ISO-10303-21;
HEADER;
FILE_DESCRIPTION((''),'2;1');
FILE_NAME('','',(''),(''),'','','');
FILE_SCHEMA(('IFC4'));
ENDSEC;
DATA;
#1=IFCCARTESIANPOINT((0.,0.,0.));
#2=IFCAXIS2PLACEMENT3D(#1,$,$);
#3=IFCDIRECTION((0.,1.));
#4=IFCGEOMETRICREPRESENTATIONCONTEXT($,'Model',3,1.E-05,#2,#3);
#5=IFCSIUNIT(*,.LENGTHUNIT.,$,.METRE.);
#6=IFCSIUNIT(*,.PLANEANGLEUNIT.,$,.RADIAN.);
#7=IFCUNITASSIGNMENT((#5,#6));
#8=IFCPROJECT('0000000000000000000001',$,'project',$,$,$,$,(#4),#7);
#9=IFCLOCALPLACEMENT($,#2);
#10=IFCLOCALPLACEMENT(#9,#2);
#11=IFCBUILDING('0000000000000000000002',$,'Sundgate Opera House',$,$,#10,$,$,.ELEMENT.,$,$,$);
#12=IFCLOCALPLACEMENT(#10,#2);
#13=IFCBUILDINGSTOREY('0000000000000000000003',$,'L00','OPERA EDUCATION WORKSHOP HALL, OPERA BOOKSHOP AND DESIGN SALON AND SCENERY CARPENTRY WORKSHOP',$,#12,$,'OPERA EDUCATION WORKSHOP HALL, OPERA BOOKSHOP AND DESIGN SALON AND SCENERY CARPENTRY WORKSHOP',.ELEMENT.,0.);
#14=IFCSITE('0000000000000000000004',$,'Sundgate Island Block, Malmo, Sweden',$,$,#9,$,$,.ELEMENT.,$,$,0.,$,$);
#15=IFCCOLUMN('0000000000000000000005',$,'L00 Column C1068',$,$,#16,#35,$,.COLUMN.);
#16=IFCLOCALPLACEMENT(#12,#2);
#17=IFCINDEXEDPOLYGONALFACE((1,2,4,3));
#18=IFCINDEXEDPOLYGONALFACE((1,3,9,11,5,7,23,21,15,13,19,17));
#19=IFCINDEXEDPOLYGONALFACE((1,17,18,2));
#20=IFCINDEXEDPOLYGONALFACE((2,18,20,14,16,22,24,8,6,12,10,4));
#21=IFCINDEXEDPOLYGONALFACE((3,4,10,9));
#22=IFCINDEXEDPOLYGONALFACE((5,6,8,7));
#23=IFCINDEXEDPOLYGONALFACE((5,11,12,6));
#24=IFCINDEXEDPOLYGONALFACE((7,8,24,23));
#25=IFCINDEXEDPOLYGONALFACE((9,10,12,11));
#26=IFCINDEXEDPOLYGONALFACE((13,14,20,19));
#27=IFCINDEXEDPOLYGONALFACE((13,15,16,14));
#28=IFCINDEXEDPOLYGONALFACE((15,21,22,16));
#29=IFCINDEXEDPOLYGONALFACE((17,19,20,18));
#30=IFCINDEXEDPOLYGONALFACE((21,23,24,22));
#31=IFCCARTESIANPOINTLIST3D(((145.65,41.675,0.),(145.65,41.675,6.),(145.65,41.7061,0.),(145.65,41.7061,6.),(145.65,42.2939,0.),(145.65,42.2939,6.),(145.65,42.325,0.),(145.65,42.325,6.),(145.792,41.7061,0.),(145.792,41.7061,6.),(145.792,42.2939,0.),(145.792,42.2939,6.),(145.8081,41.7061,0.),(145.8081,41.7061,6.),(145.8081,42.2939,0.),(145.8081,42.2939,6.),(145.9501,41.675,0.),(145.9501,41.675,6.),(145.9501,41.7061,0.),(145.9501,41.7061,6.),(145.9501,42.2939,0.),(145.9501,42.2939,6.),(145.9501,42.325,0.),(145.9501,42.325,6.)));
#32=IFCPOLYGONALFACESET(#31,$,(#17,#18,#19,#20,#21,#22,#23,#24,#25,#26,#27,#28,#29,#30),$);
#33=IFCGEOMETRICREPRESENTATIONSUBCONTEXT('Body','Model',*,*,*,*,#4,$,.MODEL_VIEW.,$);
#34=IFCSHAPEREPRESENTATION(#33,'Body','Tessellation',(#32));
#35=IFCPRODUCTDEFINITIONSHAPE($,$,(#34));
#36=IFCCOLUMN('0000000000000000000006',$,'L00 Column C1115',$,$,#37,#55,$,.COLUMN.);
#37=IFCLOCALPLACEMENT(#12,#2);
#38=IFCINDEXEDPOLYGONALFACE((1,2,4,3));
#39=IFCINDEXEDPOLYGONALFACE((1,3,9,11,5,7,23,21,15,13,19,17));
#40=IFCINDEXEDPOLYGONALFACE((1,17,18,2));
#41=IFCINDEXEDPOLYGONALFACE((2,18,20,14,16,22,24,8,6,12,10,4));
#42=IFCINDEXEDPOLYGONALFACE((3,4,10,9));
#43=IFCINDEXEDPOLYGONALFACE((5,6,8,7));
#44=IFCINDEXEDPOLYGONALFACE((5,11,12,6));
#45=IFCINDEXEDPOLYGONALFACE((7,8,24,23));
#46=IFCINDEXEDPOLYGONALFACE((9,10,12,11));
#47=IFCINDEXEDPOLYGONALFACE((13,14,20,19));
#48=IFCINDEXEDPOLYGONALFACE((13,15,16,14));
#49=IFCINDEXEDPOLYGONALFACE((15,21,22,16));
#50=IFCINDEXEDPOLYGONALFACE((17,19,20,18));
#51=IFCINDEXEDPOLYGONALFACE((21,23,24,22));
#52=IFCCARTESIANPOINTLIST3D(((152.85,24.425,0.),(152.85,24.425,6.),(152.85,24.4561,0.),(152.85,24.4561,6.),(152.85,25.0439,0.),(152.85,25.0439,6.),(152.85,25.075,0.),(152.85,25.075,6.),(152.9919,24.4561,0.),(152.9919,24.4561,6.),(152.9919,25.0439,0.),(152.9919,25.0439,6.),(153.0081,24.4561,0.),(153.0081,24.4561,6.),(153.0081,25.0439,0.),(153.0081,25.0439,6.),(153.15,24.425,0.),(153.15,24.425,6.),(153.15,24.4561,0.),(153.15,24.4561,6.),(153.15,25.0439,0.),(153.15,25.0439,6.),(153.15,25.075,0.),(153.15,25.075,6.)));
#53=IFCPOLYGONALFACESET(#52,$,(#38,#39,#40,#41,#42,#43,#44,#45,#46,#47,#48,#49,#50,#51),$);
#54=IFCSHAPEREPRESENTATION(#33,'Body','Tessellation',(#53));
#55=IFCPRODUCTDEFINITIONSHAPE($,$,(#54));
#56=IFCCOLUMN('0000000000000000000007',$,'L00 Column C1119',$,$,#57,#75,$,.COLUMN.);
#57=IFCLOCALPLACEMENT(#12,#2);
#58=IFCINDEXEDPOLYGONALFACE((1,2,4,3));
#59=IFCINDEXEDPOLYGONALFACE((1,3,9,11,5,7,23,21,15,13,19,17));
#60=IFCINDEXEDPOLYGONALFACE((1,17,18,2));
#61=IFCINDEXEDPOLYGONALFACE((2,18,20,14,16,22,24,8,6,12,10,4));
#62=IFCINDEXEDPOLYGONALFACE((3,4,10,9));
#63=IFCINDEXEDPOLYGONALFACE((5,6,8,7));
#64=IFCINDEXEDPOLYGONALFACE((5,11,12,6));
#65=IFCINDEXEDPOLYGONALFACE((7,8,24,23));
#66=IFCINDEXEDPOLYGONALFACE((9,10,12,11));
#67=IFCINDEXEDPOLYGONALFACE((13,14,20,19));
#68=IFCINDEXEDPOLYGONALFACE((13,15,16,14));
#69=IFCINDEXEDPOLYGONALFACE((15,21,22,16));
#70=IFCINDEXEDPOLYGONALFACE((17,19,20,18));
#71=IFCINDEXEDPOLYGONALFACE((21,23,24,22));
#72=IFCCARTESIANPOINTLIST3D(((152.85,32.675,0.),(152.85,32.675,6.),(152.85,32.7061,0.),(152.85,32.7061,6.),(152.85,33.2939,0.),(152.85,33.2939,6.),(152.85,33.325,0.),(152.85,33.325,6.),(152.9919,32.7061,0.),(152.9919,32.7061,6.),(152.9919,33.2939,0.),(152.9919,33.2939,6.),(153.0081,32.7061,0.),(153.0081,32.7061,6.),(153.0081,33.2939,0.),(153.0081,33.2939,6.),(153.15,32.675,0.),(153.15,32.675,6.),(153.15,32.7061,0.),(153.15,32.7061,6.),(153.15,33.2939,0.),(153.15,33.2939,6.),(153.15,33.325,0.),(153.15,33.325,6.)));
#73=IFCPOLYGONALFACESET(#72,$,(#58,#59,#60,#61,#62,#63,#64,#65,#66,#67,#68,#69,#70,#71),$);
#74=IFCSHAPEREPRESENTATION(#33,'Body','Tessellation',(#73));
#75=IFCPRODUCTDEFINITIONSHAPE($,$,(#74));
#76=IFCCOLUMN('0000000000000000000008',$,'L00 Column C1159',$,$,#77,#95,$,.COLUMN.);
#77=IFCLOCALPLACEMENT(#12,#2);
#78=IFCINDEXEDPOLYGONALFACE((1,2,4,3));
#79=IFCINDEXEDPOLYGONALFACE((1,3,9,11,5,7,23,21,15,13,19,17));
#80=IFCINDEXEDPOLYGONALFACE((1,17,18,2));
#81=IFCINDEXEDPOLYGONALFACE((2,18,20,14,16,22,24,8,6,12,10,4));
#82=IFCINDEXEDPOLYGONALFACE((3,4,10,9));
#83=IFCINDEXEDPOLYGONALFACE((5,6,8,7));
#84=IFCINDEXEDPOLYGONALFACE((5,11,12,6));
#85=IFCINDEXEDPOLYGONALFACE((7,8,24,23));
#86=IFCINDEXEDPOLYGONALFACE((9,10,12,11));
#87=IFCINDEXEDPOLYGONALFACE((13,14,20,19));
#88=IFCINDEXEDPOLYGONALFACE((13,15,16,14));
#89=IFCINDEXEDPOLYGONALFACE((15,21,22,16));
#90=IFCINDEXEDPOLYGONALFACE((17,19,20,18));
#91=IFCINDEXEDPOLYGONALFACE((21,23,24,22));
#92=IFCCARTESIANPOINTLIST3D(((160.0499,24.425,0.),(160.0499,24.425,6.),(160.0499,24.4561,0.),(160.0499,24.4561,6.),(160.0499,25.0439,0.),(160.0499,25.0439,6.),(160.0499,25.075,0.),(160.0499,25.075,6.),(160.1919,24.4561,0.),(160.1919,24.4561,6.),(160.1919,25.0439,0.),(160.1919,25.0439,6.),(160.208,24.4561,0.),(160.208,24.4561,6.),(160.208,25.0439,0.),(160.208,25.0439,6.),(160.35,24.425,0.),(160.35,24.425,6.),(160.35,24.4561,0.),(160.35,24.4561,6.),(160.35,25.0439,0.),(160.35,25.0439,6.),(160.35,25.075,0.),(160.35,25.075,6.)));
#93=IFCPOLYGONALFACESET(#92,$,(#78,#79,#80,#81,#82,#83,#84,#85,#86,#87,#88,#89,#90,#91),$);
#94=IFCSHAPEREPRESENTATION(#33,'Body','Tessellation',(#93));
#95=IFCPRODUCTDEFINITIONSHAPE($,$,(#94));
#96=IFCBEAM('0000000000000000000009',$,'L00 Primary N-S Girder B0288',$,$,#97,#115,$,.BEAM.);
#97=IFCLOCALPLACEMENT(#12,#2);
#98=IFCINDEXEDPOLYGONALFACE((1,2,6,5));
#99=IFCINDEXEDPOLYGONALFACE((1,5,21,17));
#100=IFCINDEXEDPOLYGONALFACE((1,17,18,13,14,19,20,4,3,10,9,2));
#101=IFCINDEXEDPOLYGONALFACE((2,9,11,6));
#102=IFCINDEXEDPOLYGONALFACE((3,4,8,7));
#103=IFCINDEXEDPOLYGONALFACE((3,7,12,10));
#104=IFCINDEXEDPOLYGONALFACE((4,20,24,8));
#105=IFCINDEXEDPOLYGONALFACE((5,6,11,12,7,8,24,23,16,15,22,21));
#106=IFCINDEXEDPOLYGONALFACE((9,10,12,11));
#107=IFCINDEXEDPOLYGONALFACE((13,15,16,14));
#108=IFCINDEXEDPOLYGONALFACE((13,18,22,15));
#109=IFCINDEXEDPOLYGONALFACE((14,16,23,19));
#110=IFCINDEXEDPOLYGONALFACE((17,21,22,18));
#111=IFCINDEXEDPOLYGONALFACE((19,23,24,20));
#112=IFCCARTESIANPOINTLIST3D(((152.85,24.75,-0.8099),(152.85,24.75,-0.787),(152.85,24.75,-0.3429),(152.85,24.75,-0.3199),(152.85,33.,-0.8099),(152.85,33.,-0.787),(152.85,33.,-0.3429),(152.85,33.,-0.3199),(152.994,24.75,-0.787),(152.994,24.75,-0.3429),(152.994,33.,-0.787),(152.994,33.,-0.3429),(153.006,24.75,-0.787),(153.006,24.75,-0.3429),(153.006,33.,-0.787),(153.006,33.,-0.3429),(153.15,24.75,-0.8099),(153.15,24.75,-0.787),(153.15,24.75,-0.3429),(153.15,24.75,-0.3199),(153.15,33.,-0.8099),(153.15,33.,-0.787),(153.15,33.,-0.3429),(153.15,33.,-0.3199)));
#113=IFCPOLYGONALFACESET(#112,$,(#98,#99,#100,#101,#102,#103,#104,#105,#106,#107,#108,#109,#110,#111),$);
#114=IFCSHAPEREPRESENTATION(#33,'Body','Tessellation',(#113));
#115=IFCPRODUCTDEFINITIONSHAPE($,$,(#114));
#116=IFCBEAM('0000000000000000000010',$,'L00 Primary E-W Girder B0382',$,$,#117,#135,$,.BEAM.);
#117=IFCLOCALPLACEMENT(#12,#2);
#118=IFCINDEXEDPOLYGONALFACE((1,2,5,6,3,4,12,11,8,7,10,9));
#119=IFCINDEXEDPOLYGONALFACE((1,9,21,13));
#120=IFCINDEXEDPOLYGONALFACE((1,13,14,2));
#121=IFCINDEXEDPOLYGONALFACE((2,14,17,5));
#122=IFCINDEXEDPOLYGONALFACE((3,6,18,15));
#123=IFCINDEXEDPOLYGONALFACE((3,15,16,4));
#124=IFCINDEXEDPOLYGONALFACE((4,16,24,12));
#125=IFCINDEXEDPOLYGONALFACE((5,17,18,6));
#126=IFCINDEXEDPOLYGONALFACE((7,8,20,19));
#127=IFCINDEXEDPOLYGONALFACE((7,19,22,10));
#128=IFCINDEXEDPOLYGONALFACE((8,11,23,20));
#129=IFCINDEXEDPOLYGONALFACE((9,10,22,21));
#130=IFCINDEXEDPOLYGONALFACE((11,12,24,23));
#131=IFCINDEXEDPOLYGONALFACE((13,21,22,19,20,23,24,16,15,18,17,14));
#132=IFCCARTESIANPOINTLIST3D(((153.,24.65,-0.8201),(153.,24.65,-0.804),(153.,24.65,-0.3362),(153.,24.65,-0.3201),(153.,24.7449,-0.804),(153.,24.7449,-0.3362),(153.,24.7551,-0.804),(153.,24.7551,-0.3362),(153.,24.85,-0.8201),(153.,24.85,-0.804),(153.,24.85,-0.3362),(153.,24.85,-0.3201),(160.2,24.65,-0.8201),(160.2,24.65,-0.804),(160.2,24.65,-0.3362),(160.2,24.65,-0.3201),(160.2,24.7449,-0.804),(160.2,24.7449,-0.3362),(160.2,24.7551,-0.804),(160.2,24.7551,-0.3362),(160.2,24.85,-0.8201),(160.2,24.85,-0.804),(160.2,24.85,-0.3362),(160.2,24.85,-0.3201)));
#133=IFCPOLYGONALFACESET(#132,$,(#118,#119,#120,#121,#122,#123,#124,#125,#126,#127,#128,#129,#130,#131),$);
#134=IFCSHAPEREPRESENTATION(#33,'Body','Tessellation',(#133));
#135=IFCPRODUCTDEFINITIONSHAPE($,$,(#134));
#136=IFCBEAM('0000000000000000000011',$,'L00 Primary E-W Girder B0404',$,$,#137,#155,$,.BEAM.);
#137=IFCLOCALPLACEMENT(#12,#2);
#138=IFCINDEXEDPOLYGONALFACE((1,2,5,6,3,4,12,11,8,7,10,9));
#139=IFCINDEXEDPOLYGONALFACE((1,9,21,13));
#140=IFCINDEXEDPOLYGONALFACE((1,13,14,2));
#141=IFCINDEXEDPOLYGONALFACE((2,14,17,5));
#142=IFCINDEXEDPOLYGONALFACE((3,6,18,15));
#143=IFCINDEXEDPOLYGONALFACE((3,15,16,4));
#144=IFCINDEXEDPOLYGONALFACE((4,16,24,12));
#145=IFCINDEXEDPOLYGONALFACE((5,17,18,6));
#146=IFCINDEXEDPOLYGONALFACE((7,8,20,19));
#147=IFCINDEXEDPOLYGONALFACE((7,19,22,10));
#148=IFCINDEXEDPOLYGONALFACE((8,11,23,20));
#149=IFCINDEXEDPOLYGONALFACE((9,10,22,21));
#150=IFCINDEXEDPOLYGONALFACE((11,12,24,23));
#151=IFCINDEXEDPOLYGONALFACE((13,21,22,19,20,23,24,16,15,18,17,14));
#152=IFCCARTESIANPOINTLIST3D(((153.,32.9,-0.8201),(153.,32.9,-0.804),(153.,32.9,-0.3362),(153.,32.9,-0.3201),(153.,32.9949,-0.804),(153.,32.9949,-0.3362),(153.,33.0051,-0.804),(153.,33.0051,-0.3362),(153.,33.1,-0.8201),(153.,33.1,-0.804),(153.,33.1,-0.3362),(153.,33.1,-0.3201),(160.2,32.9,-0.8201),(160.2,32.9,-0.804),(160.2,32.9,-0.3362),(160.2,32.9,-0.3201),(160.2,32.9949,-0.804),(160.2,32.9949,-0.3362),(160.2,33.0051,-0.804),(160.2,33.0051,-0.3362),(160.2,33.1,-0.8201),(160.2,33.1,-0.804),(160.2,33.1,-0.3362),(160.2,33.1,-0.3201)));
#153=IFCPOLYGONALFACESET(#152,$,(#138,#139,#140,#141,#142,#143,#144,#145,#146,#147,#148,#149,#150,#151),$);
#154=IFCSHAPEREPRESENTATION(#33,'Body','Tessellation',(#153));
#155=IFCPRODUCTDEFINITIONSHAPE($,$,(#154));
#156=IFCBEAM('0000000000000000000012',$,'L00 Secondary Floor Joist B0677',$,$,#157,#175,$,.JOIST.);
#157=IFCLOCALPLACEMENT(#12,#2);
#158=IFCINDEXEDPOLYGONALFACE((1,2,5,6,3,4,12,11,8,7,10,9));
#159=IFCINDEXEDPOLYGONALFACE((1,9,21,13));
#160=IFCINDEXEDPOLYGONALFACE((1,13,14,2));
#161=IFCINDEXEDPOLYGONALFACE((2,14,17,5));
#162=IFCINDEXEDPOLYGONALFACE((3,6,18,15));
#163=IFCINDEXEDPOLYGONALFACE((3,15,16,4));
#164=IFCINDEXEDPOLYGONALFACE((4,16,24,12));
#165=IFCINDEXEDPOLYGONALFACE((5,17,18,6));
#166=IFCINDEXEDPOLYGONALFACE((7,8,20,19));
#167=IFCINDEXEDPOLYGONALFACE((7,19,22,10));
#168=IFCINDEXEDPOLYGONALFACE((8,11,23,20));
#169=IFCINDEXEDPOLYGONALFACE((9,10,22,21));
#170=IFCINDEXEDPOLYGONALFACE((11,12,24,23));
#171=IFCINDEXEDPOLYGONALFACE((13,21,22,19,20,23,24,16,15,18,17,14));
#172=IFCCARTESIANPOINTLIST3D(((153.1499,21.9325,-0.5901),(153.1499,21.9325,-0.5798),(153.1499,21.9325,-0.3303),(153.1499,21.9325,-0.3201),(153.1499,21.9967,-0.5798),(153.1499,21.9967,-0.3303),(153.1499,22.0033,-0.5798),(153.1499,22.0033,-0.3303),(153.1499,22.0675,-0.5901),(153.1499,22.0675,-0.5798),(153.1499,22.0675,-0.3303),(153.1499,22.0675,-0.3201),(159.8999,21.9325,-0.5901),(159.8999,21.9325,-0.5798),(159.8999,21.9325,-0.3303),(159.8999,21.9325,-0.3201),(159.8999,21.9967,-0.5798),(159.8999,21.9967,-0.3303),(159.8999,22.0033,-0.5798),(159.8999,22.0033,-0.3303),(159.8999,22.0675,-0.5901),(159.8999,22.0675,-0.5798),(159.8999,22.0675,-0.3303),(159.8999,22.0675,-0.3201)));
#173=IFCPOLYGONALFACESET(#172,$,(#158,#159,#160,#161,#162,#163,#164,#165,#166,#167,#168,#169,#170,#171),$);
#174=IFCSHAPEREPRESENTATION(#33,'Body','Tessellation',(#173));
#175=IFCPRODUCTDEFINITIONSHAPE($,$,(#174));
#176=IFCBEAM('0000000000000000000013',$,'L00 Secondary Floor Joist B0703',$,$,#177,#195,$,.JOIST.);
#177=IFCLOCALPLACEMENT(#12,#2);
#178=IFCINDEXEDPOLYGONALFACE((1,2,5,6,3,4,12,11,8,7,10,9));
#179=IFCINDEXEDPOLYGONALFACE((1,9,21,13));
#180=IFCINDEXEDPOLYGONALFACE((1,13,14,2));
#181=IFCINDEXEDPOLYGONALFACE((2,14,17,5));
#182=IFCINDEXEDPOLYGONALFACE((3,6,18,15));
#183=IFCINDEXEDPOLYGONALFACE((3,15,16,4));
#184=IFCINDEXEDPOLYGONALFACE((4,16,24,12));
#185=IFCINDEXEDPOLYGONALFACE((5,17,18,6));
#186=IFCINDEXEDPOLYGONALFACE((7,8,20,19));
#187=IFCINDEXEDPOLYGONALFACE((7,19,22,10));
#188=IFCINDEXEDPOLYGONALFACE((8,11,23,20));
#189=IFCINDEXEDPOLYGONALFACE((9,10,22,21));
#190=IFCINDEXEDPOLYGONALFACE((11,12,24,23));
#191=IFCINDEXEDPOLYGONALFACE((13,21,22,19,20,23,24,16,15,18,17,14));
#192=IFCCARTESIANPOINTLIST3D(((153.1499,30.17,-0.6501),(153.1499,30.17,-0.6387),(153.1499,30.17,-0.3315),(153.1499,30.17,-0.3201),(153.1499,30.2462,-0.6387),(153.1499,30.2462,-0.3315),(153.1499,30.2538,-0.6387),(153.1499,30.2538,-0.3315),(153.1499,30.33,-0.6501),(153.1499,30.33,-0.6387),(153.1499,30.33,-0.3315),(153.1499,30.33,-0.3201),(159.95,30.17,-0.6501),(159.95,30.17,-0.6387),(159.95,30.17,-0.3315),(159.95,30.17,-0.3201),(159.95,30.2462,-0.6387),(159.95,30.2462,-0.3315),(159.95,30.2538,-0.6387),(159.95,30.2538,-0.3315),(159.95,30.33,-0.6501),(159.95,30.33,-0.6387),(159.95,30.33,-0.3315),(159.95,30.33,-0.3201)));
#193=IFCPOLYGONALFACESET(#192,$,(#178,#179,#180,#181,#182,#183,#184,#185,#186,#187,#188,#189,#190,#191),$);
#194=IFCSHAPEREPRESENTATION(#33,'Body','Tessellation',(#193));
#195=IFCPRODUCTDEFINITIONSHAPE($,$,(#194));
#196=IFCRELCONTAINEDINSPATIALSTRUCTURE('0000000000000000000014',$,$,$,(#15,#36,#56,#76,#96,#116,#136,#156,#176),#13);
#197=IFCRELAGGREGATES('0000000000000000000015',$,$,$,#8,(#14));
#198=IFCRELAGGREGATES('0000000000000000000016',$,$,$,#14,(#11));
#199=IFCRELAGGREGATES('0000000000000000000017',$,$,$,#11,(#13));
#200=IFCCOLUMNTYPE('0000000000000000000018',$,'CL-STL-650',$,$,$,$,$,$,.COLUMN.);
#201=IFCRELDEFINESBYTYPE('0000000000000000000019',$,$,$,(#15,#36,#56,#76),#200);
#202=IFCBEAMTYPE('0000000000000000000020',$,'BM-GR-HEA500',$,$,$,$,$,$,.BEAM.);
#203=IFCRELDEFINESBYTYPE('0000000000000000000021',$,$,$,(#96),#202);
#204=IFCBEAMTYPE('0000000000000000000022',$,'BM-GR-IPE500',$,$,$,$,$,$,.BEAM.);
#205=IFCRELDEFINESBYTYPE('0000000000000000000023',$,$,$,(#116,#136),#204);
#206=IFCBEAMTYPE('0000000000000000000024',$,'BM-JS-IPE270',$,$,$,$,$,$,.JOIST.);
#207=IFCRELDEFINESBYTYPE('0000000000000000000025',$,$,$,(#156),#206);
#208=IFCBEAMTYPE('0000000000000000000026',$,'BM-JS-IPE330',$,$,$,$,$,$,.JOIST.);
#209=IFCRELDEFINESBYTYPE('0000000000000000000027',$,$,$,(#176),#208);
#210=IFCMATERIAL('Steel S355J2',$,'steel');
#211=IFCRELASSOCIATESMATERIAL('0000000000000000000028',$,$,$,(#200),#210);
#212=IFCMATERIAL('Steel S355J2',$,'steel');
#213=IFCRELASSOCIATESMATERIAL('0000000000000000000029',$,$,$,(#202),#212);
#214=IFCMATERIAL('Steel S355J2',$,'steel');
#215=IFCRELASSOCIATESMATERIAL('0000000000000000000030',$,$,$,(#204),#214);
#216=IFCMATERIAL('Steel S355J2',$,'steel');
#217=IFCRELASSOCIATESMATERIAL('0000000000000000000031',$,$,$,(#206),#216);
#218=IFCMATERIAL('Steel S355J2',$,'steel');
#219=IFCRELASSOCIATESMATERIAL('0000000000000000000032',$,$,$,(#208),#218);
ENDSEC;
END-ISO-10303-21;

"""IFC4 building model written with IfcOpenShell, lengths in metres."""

from ifc_helpers import new_model, si_unit, direction, frame, origin, origin_2d, place, context, subcontext, project, spatial, i_section, extrude, material, material_profile, profile_set, type_object, element, save


model = new_model("IFC4")

# Units and contexts
model_context = context("Model", 3, precision=1e-05, world=origin(), true_north=direction((0.0, 1.0)))
body_context = subcontext(model_context, "Body", "Model", "MODEL_VIEW")
ifc_project = project(units=[si_unit("LENGTHUNIT", "METRE"), si_unit("PLANEANGLEUNIT", "RADIAN")], contexts=[model_context])

# Site, building, storey
site_placement = place(None, origin())
site = spatial("IfcSite", under=ifc_project, at=site_placement, Name="Sundgate Island Block, Malmo, Sweden", CompositionType="ELEMENT", RefElevation=0.0)
building_placement = place(site_placement, origin())
building = spatial("IfcBuilding", under=site, at=building_placement, Name="Sundgate Opera House", CompositionType="ELEMENT")
storey_placement = place(building_placement, origin())
storey = spatial("IfcBuildingStorey", under=building, at=storey_placement, Name="L00", Description="OPERA EDUCATION WORKSHOP HALL, OPERA BOOKSHOP AND DESIGN SALON AND SCENERY CARPENTRY WORKSHOP", LongName="OPERA EDUCATION WORKSHOP HALL, OPERA BOOKSHOP AND DESIGN SALON AND SCENERY CARPENTRY WORKSHOP", CompositionType="ELEMENT", Elevation=0.0)

# Columns
ifc_material_1 = material(Name="Steel S355J2", Category="steel")
ifc_material_profile_1 = material_profile(ifc_material_1, i_section(OverallWidth=0.3, OverallDepth=0.6499, WebThickness=0.0161, FlangeThickness=0.031, at=origin_2d()), Name="HEB 650")
ifc_profile_set_1 = profile_set([ifc_material_profile_1], Name="Steel S355J2")
column_type = type_object("IfcColumnType", Name="CL-STL-650", PredefinedType="COLUMN", material=ifc_profile_set_1)
for number, where, z_axis, x_axis, name in (
    (1, (145.8, 42.0, 0.0), (0.0, 0.0, 1.0), (1.0, 0.0, 0.0), "L00 Column C1068"),
    (2, (153.0, 24.75, 0.0), (0.0, 0.0, 1.0), (1.0, 0.0, 0.0), "L00 Column C1115"),
    (3, (153.0, 33.0, 0.0), (0.0, 0.0, 1.0), (1.0, 0.0, 0.0), "L00 Column C1119"),
    (4, (160.2, 24.75, 0.0), (0.0, 0.0, 1.0), (1.0, 0.0, 0.0), "L00 Column C1159"),
):
    element("IfcColumn", number, at=place(storey_placement, frame(where, z_axis=z_axis, x_axis=x_axis)), inside=storey, type_object=column_type, Name=name, PredefinedType="COLUMN", context=body_context, shape_type="SweptSolid", body=[
        extrude(i_section(OverallWidth=0.3, OverallDepth=0.6499, WebThickness=0.0161, FlangeThickness=0.031, at=origin_2d()), origin(), (0.0, 0.0, 1.0), 6.0),
    ])

# Beams
ifc_material_2 = material(Name="Steel S355J2", Category="steel")
ifc_material_profile_2 = material_profile(ifc_material_2, i_section(OverallWidth=0.3, OverallDepth=0.49, WebThickness=0.012, FlangeThickness=0.0229, at=origin_2d()), Name="HEA 500")
ifc_profile_set_2 = profile_set([ifc_material_profile_2], Name="Steel S355J2")
beam_type_1 = type_object("IfcBeamType", Name="BM-GR-HEA500", PredefinedType="BEAM", material=ifc_profile_set_2)
beam_1_placement = place(storey_placement, frame((153.0, 24.75, -0.5649), z_axis=(0.0, 1.0, 0.0), x_axis=(-1.0, 0.0, 0.0)))
element("IfcBeam", 5, at=beam_1_placement, inside=storey, type_object=beam_type_1, Name="L00 Primary N-S Girder B0288", PredefinedType="BEAM", context=body_context, shape_type="SweptSolid", body=[
    extrude(i_section(OverallWidth=0.3, OverallDepth=0.49, WebThickness=0.012, FlangeThickness=0.0229, at=origin_2d()), origin(), (0.0, 0.0, 1.0), 8.25),
])
ifc_material_3 = material(Name="Steel S355J2", Category="steel")
ifc_material_profile_3 = material_profile(ifc_material_3, i_section(OverallWidth=0.2, OverallDepth=0.5, WebThickness=0.0103, FlangeThickness=0.0161, at=origin_2d()), Name="IPE 500")
ifc_profile_set_3 = profile_set([ifc_material_profile_3], Name="Steel S355J2")
beam_type_2 = type_object("IfcBeamType", Name="BM-GR-IPE500", PredefinedType="BEAM", material=ifc_profile_set_3)
for number, where, z_axis, x_axis, name in (
    (6, (153.0, 24.75, -0.5701), (1.0, 0.0, 0.0), (0.0, 1.0, 0.0), "L00 Primary E-W Girder B0382"),
    (7, (153.0, 33.0, -0.5701), (1.0, 0.0, 0.0), (0.0, 1.0, 0.0), "L00 Primary E-W Girder B0404"),
):
    element("IfcBeam", number, at=place(storey_placement, frame(where, z_axis=z_axis, x_axis=x_axis)), inside=storey, type_object=beam_type_2, Name=name, PredefinedType="BEAM", context=body_context, shape_type="SweptSolid", body=[
        extrude(i_section(OverallWidth=0.2, OverallDepth=0.5, WebThickness=0.0103, FlangeThickness=0.0161, at=origin_2d()), origin(), (0.0, 0.0, 1.0), 7.2),
    ])
ifc_material_4 = material(Name="Steel S355J2", Category="steel")
ifc_material_profile_4 = material_profile(ifc_material_4, i_section(OverallWidth=0.135, OverallDepth=0.27, WebThickness=0.0066, FlangeThickness=0.0103, at=origin_2d()), Name="IPE 270")
ifc_profile_set_4 = profile_set([ifc_material_profile_4], Name="Steel S355J2")
beam_type_3 = type_object("IfcBeamType", Name="BM-JS-IPE270", PredefinedType="JOIST", material=ifc_profile_set_4)
beam_2_placement = place(storey_placement, frame((153.1499, 22.0, -0.4551), z_axis=(1.0, 0.0, 0.0), x_axis=(0.0, 1.0, 0.0)))
element("IfcBeam", 8, at=beam_2_placement, inside=storey, type_object=beam_type_3, Name="L00 Secondary Floor Joist B0677", PredefinedType="JOIST", context=body_context, shape_type="SweptSolid", body=[
    extrude(i_section(OverallWidth=0.135, OverallDepth=0.27, WebThickness=0.0066, FlangeThickness=0.0103, at=origin_2d()), origin(), (0.0, 0.0, 1.0), 6.75),
])
ifc_material_5 = material(Name="Steel S355J2", Category="steel")
ifc_material_profile_5 = material_profile(ifc_material_5, i_section(OverallWidth=0.1599, OverallDepth=0.3301, WebThickness=0.0076, FlangeThickness=0.0115, at=origin_2d()), Name="IPE 330")
ifc_profile_set_5 = profile_set([ifc_material_profile_5], Name="Steel S355J2")
beam_type_4 = type_object("IfcBeamType", Name="BM-JS-IPE330", PredefinedType="JOIST", material=ifc_profile_set_5)
beam_3_placement = place(storey_placement, frame((153.1499, 30.25, -0.4851), z_axis=(1.0, 0.0, 0.0), x_axis=(0.0, 1.0, 0.0)))
element("IfcBeam", 9, at=beam_3_placement, inside=storey, type_object=beam_type_4, Name="L00 Secondary Floor Joist B0703", PredefinedType="JOIST", context=body_context, shape_type="SweptSolid", body=[
    extrude(i_section(OverallWidth=0.1599, OverallDepth=0.3301, WebThickness=0.0076, FlangeThickness=0.0115, at=origin_2d()), origin(), (0.0, 0.0, 1.0), 6.8),
])

save(model, "model.ifc")
